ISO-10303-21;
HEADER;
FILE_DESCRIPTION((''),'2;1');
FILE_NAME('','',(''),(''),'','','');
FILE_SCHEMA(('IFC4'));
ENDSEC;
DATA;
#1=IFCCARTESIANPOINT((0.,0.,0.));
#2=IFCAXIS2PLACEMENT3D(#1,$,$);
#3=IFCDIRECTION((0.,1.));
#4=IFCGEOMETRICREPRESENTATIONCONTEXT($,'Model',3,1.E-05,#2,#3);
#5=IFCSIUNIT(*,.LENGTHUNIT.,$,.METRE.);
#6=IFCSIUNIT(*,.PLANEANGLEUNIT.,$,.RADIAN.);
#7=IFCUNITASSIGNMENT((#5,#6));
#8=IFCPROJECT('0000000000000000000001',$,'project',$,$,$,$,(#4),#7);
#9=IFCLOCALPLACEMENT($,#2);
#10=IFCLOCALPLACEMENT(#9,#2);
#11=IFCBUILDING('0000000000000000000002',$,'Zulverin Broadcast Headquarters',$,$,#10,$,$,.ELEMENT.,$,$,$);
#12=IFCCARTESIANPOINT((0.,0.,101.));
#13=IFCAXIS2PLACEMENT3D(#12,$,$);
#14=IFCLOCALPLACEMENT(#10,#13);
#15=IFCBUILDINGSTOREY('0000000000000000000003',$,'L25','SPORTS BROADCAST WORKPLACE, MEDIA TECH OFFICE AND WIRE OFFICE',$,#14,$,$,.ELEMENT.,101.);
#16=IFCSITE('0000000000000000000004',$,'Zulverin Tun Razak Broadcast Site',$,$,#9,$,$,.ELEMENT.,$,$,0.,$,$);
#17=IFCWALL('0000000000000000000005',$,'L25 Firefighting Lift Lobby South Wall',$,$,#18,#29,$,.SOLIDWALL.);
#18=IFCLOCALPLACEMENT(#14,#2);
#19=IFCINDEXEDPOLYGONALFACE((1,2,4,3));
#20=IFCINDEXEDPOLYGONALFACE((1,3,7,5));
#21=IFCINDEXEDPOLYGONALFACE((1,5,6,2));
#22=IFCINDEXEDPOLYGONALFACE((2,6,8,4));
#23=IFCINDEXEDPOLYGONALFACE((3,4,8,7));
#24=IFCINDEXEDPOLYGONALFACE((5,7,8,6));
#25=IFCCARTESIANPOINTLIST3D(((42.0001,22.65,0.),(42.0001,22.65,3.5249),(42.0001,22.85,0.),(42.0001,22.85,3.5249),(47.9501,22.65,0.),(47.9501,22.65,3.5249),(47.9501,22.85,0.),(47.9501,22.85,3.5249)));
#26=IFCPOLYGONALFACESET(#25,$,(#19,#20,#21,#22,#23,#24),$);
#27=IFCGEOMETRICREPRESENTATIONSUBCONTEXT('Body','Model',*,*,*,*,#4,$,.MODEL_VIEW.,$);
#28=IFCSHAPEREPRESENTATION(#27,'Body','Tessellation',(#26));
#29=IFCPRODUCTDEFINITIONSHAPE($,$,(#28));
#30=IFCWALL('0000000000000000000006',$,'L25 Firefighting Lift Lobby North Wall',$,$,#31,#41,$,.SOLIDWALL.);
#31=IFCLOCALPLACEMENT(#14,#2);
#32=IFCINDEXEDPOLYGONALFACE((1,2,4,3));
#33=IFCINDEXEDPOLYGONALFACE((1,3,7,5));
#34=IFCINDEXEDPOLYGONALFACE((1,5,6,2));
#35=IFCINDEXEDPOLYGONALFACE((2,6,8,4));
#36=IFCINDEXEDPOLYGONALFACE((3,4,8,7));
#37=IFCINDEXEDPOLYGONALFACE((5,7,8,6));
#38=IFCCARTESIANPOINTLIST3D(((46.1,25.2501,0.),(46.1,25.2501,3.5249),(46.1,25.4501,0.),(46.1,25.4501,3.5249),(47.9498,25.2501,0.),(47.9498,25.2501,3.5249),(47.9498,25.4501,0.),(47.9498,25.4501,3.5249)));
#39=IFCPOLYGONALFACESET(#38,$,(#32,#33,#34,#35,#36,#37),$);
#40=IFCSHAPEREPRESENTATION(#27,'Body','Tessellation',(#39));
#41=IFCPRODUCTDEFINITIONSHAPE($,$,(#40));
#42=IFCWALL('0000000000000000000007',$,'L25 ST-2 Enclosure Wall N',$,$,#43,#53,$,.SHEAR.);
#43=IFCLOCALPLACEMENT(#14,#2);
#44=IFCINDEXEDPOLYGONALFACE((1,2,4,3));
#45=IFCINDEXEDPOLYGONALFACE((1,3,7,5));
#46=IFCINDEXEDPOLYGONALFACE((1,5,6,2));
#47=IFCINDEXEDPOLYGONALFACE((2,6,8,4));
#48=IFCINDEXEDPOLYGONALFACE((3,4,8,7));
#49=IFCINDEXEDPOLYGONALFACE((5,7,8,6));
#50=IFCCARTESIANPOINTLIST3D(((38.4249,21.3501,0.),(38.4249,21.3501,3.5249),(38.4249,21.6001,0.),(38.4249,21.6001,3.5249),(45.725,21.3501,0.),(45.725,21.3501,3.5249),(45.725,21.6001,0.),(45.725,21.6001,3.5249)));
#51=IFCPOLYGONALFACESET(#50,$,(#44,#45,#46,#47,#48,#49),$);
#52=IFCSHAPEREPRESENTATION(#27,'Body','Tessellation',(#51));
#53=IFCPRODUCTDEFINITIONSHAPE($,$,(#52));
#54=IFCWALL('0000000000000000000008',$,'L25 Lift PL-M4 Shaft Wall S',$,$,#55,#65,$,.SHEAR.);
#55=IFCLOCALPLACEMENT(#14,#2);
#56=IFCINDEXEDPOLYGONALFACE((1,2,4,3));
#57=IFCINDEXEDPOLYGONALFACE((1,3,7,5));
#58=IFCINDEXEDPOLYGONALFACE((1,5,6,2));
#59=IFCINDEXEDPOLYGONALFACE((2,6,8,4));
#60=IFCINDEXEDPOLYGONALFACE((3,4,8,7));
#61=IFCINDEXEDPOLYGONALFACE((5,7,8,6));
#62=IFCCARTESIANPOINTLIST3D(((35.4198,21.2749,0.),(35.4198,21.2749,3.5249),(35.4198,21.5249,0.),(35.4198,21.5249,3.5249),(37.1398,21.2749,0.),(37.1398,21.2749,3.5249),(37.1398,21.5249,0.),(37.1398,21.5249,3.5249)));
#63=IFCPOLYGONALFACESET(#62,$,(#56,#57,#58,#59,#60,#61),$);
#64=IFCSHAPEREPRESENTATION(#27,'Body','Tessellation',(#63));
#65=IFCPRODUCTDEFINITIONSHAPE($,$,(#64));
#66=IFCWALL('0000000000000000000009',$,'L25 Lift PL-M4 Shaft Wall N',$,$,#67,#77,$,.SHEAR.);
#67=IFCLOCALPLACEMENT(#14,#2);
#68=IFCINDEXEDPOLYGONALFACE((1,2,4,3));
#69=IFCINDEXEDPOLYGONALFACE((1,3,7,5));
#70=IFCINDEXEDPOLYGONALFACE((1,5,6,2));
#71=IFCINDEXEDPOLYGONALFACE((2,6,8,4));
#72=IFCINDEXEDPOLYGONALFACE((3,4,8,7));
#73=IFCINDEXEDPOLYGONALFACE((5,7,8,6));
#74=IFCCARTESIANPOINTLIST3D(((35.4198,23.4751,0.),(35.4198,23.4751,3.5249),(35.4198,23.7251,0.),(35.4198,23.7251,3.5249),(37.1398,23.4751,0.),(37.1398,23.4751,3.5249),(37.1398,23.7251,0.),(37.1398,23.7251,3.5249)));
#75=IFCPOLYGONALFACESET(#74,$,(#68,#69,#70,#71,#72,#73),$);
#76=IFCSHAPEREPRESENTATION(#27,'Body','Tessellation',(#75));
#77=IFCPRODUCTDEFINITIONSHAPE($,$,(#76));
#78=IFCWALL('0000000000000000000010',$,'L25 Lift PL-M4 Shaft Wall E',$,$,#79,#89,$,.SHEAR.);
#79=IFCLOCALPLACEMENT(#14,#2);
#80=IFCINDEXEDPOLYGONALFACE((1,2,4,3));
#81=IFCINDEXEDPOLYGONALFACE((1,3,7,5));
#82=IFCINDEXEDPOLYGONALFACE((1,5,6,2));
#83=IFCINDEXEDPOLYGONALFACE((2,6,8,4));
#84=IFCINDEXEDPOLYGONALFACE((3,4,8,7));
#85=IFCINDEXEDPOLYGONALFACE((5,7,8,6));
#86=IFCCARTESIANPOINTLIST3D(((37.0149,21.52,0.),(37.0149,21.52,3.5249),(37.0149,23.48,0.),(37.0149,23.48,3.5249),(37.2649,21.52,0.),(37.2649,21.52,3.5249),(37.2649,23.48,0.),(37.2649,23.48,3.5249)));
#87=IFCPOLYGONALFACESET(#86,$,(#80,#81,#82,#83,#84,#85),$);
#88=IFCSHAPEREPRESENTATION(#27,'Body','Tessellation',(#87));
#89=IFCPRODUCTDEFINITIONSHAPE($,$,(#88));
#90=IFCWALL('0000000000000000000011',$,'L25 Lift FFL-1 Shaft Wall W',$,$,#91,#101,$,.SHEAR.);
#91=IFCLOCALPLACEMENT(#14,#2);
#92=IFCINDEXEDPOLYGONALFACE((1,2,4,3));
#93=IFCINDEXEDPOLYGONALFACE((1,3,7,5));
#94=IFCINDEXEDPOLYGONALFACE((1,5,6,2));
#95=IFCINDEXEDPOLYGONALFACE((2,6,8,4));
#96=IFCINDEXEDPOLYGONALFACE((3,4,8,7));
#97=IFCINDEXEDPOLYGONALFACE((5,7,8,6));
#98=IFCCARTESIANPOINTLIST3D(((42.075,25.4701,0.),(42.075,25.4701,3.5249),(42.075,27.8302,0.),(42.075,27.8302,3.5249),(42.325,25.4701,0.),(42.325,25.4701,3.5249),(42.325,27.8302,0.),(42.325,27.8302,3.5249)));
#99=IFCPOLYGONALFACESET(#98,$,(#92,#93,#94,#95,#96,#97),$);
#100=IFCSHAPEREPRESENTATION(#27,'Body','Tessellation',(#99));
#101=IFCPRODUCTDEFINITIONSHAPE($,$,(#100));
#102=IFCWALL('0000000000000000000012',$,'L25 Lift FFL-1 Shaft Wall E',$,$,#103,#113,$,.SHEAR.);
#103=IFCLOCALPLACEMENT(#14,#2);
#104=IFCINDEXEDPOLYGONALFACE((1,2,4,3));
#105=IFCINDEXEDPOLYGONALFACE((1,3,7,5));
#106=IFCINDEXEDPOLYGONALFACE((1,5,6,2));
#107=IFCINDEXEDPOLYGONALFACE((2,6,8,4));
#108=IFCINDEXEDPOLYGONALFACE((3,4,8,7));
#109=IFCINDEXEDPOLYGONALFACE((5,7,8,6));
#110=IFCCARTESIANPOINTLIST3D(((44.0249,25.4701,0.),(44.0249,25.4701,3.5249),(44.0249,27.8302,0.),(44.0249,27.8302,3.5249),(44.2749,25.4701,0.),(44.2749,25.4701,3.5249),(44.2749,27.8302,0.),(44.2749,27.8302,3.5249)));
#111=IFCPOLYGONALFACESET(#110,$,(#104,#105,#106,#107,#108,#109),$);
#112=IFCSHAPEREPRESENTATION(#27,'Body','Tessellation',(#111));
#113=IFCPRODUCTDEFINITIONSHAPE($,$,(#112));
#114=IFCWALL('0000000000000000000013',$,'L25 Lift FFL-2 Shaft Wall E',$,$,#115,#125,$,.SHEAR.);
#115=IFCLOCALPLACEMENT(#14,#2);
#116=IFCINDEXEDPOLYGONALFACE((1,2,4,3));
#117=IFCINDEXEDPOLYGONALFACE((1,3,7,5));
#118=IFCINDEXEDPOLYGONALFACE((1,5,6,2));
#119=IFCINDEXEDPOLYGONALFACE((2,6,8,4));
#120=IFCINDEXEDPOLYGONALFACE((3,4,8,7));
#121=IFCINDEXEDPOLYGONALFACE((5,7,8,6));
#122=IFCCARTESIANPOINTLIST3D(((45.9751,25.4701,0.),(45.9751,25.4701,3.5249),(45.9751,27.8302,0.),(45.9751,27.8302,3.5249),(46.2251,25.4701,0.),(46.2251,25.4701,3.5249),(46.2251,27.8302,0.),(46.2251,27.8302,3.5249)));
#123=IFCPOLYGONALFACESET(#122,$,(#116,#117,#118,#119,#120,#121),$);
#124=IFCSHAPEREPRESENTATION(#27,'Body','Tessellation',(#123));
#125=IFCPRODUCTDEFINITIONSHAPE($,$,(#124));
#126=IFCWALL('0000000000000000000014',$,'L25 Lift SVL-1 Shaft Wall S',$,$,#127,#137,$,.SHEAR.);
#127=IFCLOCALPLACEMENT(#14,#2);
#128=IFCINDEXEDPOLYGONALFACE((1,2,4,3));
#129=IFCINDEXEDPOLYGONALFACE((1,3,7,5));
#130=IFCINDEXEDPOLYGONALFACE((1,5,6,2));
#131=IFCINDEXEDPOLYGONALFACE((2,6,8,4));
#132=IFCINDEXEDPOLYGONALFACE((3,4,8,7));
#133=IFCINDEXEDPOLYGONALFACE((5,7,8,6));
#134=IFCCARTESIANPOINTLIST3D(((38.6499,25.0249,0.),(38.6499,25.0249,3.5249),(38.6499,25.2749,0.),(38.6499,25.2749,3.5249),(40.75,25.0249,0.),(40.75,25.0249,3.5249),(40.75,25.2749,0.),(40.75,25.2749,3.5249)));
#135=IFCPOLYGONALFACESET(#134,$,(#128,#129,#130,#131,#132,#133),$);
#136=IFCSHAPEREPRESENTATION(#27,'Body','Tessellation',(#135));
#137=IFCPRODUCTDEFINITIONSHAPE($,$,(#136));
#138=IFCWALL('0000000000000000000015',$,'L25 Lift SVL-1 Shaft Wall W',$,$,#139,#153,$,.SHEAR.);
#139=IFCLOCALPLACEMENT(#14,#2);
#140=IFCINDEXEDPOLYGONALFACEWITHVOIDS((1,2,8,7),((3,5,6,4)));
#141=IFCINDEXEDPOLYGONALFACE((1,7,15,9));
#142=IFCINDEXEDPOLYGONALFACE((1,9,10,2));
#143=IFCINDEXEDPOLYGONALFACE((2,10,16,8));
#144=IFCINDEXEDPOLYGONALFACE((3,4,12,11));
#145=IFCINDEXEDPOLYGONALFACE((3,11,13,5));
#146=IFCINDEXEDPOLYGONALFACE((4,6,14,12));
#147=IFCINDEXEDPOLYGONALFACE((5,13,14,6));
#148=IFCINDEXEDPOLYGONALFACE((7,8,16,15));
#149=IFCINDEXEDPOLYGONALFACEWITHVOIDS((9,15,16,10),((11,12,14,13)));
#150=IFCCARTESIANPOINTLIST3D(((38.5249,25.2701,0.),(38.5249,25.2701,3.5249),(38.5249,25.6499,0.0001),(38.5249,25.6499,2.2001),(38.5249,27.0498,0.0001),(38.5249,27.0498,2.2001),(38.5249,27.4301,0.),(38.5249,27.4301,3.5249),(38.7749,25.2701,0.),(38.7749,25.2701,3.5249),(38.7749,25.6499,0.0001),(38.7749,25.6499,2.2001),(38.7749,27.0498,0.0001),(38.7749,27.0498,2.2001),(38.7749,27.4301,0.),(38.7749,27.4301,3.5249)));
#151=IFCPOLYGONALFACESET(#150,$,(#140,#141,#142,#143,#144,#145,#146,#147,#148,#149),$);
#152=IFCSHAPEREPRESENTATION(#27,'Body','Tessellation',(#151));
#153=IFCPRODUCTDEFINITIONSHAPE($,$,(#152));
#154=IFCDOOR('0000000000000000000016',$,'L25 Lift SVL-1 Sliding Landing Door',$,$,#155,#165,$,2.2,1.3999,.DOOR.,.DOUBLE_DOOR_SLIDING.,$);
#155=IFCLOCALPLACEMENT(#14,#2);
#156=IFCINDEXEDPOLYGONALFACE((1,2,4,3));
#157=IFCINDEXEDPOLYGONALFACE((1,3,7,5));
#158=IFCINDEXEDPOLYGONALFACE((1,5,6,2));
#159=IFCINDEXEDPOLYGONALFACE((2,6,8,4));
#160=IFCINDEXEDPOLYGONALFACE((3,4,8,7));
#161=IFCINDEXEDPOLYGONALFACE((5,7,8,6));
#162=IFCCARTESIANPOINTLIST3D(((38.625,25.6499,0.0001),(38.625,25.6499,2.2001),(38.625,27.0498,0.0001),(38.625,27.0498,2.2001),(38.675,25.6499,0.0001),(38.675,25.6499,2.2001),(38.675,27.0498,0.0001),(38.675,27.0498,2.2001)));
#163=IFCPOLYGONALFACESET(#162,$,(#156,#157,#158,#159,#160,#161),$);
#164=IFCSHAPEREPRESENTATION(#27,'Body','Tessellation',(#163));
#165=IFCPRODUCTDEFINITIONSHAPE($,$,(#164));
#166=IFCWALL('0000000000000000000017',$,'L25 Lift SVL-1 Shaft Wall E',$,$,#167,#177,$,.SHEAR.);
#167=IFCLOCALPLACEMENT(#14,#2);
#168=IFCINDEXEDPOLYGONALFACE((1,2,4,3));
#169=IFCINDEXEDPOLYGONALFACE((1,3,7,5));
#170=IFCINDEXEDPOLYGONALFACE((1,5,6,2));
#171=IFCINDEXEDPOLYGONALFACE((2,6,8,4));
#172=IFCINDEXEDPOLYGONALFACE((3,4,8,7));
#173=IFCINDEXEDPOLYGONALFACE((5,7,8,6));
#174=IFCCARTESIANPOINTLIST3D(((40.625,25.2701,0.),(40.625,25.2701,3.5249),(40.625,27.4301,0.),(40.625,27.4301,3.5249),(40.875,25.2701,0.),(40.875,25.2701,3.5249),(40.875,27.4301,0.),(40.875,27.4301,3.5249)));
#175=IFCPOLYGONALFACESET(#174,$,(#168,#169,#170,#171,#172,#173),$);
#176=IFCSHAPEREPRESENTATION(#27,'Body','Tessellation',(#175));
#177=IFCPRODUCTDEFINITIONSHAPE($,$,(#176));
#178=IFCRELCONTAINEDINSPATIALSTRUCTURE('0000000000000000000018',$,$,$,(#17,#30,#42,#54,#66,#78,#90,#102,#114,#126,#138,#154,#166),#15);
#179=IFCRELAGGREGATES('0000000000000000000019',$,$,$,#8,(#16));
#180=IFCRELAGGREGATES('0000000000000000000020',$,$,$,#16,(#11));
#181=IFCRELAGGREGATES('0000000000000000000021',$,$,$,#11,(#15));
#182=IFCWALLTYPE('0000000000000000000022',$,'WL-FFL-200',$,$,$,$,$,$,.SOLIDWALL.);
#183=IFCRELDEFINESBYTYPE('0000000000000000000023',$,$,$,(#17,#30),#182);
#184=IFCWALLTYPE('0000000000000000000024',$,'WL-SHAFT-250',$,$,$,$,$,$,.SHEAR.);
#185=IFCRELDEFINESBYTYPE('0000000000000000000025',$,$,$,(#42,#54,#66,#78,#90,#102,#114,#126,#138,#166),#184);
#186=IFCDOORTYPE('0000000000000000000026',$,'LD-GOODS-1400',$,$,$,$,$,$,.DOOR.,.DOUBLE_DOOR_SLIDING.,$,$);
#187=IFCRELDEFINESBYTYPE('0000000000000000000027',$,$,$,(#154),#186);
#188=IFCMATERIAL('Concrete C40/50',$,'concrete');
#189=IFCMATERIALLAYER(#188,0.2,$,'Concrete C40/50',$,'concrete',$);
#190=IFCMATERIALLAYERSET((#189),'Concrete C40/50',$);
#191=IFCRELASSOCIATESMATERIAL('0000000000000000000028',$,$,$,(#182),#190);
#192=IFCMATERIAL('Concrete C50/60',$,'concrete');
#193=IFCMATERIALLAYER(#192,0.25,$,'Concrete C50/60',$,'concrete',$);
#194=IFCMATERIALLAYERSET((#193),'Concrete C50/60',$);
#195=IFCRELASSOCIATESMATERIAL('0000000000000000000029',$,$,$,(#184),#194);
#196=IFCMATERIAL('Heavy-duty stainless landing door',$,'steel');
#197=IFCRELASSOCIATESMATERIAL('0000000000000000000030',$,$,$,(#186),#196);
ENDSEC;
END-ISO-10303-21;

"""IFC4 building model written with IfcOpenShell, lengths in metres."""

from ifc_helpers import new_model, si_unit, direction, frame, frame_2d, origin, place, context, subcontext, project, spatial, rectangle, extrude, material, layer, layer_set, type_object, element, fill, save


model = new_model("IFC4")

# Units and contexts
model_context = context("Model", 3, precision=1e-05, world=origin(), true_north=direction((0.0, 1.0)))
body_context = subcontext(model_context, "Body", "Model", "MODEL_VIEW")
ifc_project = project(units=[si_unit("LENGTHUNIT", "METRE"), si_unit("PLANEANGLEUNIT", "RADIAN")], contexts=[model_context])

# Site, building, storey
site_placement = place(None, origin())
site = spatial("IfcSite", under=ifc_project, at=site_placement, Name="Zulverin Tun Razak Broadcast Site", CompositionType="ELEMENT", RefElevation=0.0)
building_placement = place(site_placement, origin())
building = spatial("IfcBuilding", under=site, at=building_placement, Name="Zulverin Broadcast Headquarters", CompositionType="ELEMENT")
storey_placement = place(building_placement, frame((0.0, 0.0, 101.0)))
storey = spatial("IfcBuildingStorey", under=building, at=storey_placement, Name="L25", Description="SPORTS BROADCAST WORKPLACE, MEDIA TECH OFFICE AND WIRE OFFICE", CompositionType="ELEMENT", Elevation=101.0)

# Shared definitions
ifc_material_1 = material(Name="Concrete C40/50", Category="concrete")
ifc_layer_1 = layer(ifc_material_1, 0.2, Name="Concrete C40/50", Category="concrete")
ifc_layer_set_1 = layer_set([ifc_layer_1], Name="Concrete C40/50")
wall_type_1 = type_object("IfcWallType", Name="WL-FFL-200", PredefinedType="SOLIDWALL", material=ifc_layer_set_1)

# Walls
wall_1_placement = place(storey_placement, frame((42.0, 22.75, 0.0), z_axis=(0.0, 0.0, 1.0), x_axis=(1.0, 0.0, 0.0)))
element("IfcWall", 1, at=wall_1_placement, inside=storey, type_object=wall_type_1, Name="L25 Firefighting Lift Lobby South Wall", PredefinedType="SOLIDWALL", context=body_context, shape_type="SweptSolid", body=[
    extrude(rectangle(XDim=5.95, YDim=0.2, at=frame_2d((2.9751, 0.0))), origin(), (0.0, 0.0, 1.0), 3.5249),
])
wall_2_placement = place(storey_placement, frame((46.1001, 25.3501, 0.0), z_axis=(0.0, 0.0, 1.0), x_axis=(1.0, 0.0, 0.0)))
element("IfcWall", 2, at=wall_2_placement, inside=storey, type_object=wall_type_1, Name="L25 Firefighting Lift Lobby North Wall", PredefinedType="SOLIDWALL", context=body_context, shape_type="SweptSolid", body=[
    extrude(rectangle(XDim=1.8499, YDim=0.2, at=frame_2d((0.9248, 0.0))), origin(), (0.0, 0.0, 1.0), 3.5249),
])

# Walls
ifc_material_2 = material(Name="Concrete C50/60", Category="concrete")
ifc_layer_2 = layer(ifc_material_2, 0.25, Name="Concrete C50/60", Category="concrete")
ifc_layer_set_2 = layer_set([ifc_layer_2], Name="Concrete C50/60")
wall_type_2 = type_object("IfcWallType", Name="WL-SHAFT-250", PredefinedType="SHEAR", material=ifc_layer_set_2)
wall_3_placement = place(storey_placement, frame((38.425, 21.4751, 0.0), z_axis=(0.0, 0.0, 1.0), x_axis=(1.0, 0.0, 0.0)))
element("IfcWall", 3, at=wall_3_placement, inside=storey, type_object=wall_type_2, Name="L25 ST-2 Enclosure Wall N", PredefinedType="SHEAR", context=body_context, shape_type="SweptSolid", body=[
    extrude(rectangle(XDim=7.3, YDim=0.25, at=frame_2d((3.6499, 0.0))), origin(), (0.0, 0.0, 1.0), 3.5249),
])
for number, where, z_axis, x_axis, name in (
    (4, (35.4199, 21.3999, 0.0), (0.0, 0.0, 1.0), (1.0, 0.0, 0.0), "L25 Lift PL-M4 Shaft Wall S"),
    (5, (35.4199, 23.6001, 0.0), (0.0, 0.0, 1.0), (1.0, 0.0, 0.0), "L25 Lift PL-M4 Shaft Wall N"),
):
    element("IfcWall", number, at=place(storey_placement, frame(where, z_axis=z_axis, x_axis=x_axis)), inside=storey, type_object=wall_type_2, Name=name, PredefinedType="SHEAR", context=body_context, shape_type="SweptSolid", body=[
        extrude(rectangle(XDim=1.72, YDim=0.25, at=frame_2d((0.8599, 0.0))), origin(), (0.0, 0.0, 1.0), 3.5249),
    ])
wall_4_placement = place(storey_placement, frame((37.1399, 21.52, 0.0), z_axis=(0.0, 0.0, 1.0), x_axis=(0.0, 1.0, 0.0)))
element("IfcWall", 6, at=wall_4_placement, inside=storey, type_object=wall_type_2, Name="L25 Lift PL-M4 Shaft Wall E", PredefinedType="SHEAR", context=body_context, shape_type="SweptSolid", body=[
    extrude(rectangle(XDim=1.96, YDim=0.25, at=frame_2d((0.98, 0.0))), origin(), (0.0, 0.0, 1.0), 3.5249),
])

# Walls
for number, where, z_axis, x_axis, name in (
    (7, (42.2, 25.47, 0.0), (0.0, 0.0, 1.0), (0.0, 1.0, 0.0), "L25 Lift FFL-1 Shaft Wall W"),
    (8, (44.1499, 25.47, 0.0), (0.0, 0.0, 1.0), (0.0, 1.0, 0.0), "L25 Lift FFL-1 Shaft Wall E"),
):
    element("IfcWall", number, at=place(storey_placement, frame(where, z_axis=z_axis, x_axis=x_axis)), inside=storey, type_object=wall_type_2, Name=name, PredefinedType="SHEAR", context=body_context, shape_type="SweptSolid", body=[
        extrude(rectangle(XDim=2.3601, YDim=0.25, at=frame_2d((1.1802, 0.0))), origin(), (0.0, 0.0, 1.0), 3.5249),
    ])

# Walls
wall_5_placement = place(storey_placement, frame((46.1001, 25.47, 0.0), z_axis=(0.0, 0.0, 1.0), x_axis=(0.0, 1.0, 0.0)))
element("IfcWall", 9, at=wall_5_placement, inside=storey, type_object=wall_type_2, Name="L25 Lift FFL-2 Shaft Wall E", PredefinedType="SHEAR", context=body_context, shape_type="SweptSolid", body=[
    extrude(rectangle(XDim=2.3601, YDim=0.25, at=frame_2d((1.1802, 0.0))), origin(), (0.0, 0.0, 1.0), 3.5249),
])
wall_6_placement = place(storey_placement, frame((38.6499, 25.1499, 0.0), z_axis=(0.0, 0.0, 1.0), x_axis=(1.0, 0.0, 0.0)))
element("IfcWall", 10, at=wall_6_placement, inside=storey, type_object=wall_type_2, Name="L25 Lift SVL-1 Shaft Wall S", PredefinedType="SHEAR", context=body_context, shape_type="SweptSolid", body=[
    extrude(rectangle(XDim=2.1001, YDim=0.25, at=frame_2d((1.05, 0.0))), origin(), (0.0, 0.0, 1.0), 3.5249),
])

# Wall, opening, door
wall_7_placement = place(storey_placement, frame((38.6499, 25.27, 0.0), z_axis=(0.0, 0.0, 1.0), x_axis=(0.0, 1.0, 0.0)))
wall_7 = element("IfcWall", 11, at=wall_7_placement, inside=storey, type_object=wall_type_2, Name="L25 Lift SVL-1 Shaft Wall W", PredefinedType="SHEAR", context=body_context, shape_type="SweptSolid", body=[
    extrude(rectangle(XDim=2.1599, YDim=0.25, at=frame_2d((1.0801, 0.0))), origin(), (0.0, 0.0, 1.0), 3.5249),
])
opening_1_placement = place(wall_7_placement, frame((0.3799, 0.0, 0.0)))
opening_1 = element("IfcOpeningElement", 12, at=opening_1_placement, cuts=wall_7, PredefinedType="OPENING", context=body_context, shape_type="SweptSolid", body=[
    extrude(rectangle(XDim=1.3999, YDim=2.2, at=frame_2d((0.7, 1.1001))), frame((0.0, 0.135, 0.0), z_axis=(0.0, -1.0, 0.0), x_axis=(1.0, 0.0, 0.0)), (0.0, 0.0, 1.0), 0.27),
])
ifc_material_3 = material(Name="Heavy-duty stainless landing door", Category="steel")
door_type_1 = type_object("IfcDoorType", Name="LD-GOODS-1400", OperationType="DOUBLE_DOOR_SLIDING", PredefinedType="DOOR", material=ifc_material_3)
door_1_placement = place(opening_1_placement, origin())
door_1 = element("IfcDoor", 13, at=door_1_placement, inside=storey, type_object=door_type_1, Name="L25 Lift SVL-1 Sliding Landing Door", OperationType="DOUBLE_DOOR_SLIDING", OverallHeight=2.2, OverallWidth=1.3999, PredefinedType="DOOR", context=body_context, shape_type="SweptSolid", body=[
    extrude(rectangle(XDim=1.3999, YDim=2.2, at=frame_2d((0.7, 1.1001))), frame((0.0, 0.0249, 0.0), z_axis=(0.0, -1.0, 0.0), x_axis=(1.0, 0.0, 0.0)), (0.0, 0.0, 1.0), 0.05),
])
fill(opening_1, door_1)

# Wall
wall_8_placement = place(storey_placement, frame((40.75, 25.27, 0.0), z_axis=(0.0, 0.0, 1.0), x_axis=(0.0, 1.0, 0.0)))
element("IfcWall", 14, at=wall_8_placement, inside=storey, type_object=wall_type_2, Name="L25 Lift SVL-1 Shaft Wall E", PredefinedType="SHEAR", context=body_context, shape_type="SweptSolid", body=[
    extrude(rectangle(XDim=2.1599, YDim=0.25, at=frame_2d((1.0801, 0.0))), origin(), (0.0, 0.0, 1.0), 3.5249),
])

save(model, "model.ifc")
